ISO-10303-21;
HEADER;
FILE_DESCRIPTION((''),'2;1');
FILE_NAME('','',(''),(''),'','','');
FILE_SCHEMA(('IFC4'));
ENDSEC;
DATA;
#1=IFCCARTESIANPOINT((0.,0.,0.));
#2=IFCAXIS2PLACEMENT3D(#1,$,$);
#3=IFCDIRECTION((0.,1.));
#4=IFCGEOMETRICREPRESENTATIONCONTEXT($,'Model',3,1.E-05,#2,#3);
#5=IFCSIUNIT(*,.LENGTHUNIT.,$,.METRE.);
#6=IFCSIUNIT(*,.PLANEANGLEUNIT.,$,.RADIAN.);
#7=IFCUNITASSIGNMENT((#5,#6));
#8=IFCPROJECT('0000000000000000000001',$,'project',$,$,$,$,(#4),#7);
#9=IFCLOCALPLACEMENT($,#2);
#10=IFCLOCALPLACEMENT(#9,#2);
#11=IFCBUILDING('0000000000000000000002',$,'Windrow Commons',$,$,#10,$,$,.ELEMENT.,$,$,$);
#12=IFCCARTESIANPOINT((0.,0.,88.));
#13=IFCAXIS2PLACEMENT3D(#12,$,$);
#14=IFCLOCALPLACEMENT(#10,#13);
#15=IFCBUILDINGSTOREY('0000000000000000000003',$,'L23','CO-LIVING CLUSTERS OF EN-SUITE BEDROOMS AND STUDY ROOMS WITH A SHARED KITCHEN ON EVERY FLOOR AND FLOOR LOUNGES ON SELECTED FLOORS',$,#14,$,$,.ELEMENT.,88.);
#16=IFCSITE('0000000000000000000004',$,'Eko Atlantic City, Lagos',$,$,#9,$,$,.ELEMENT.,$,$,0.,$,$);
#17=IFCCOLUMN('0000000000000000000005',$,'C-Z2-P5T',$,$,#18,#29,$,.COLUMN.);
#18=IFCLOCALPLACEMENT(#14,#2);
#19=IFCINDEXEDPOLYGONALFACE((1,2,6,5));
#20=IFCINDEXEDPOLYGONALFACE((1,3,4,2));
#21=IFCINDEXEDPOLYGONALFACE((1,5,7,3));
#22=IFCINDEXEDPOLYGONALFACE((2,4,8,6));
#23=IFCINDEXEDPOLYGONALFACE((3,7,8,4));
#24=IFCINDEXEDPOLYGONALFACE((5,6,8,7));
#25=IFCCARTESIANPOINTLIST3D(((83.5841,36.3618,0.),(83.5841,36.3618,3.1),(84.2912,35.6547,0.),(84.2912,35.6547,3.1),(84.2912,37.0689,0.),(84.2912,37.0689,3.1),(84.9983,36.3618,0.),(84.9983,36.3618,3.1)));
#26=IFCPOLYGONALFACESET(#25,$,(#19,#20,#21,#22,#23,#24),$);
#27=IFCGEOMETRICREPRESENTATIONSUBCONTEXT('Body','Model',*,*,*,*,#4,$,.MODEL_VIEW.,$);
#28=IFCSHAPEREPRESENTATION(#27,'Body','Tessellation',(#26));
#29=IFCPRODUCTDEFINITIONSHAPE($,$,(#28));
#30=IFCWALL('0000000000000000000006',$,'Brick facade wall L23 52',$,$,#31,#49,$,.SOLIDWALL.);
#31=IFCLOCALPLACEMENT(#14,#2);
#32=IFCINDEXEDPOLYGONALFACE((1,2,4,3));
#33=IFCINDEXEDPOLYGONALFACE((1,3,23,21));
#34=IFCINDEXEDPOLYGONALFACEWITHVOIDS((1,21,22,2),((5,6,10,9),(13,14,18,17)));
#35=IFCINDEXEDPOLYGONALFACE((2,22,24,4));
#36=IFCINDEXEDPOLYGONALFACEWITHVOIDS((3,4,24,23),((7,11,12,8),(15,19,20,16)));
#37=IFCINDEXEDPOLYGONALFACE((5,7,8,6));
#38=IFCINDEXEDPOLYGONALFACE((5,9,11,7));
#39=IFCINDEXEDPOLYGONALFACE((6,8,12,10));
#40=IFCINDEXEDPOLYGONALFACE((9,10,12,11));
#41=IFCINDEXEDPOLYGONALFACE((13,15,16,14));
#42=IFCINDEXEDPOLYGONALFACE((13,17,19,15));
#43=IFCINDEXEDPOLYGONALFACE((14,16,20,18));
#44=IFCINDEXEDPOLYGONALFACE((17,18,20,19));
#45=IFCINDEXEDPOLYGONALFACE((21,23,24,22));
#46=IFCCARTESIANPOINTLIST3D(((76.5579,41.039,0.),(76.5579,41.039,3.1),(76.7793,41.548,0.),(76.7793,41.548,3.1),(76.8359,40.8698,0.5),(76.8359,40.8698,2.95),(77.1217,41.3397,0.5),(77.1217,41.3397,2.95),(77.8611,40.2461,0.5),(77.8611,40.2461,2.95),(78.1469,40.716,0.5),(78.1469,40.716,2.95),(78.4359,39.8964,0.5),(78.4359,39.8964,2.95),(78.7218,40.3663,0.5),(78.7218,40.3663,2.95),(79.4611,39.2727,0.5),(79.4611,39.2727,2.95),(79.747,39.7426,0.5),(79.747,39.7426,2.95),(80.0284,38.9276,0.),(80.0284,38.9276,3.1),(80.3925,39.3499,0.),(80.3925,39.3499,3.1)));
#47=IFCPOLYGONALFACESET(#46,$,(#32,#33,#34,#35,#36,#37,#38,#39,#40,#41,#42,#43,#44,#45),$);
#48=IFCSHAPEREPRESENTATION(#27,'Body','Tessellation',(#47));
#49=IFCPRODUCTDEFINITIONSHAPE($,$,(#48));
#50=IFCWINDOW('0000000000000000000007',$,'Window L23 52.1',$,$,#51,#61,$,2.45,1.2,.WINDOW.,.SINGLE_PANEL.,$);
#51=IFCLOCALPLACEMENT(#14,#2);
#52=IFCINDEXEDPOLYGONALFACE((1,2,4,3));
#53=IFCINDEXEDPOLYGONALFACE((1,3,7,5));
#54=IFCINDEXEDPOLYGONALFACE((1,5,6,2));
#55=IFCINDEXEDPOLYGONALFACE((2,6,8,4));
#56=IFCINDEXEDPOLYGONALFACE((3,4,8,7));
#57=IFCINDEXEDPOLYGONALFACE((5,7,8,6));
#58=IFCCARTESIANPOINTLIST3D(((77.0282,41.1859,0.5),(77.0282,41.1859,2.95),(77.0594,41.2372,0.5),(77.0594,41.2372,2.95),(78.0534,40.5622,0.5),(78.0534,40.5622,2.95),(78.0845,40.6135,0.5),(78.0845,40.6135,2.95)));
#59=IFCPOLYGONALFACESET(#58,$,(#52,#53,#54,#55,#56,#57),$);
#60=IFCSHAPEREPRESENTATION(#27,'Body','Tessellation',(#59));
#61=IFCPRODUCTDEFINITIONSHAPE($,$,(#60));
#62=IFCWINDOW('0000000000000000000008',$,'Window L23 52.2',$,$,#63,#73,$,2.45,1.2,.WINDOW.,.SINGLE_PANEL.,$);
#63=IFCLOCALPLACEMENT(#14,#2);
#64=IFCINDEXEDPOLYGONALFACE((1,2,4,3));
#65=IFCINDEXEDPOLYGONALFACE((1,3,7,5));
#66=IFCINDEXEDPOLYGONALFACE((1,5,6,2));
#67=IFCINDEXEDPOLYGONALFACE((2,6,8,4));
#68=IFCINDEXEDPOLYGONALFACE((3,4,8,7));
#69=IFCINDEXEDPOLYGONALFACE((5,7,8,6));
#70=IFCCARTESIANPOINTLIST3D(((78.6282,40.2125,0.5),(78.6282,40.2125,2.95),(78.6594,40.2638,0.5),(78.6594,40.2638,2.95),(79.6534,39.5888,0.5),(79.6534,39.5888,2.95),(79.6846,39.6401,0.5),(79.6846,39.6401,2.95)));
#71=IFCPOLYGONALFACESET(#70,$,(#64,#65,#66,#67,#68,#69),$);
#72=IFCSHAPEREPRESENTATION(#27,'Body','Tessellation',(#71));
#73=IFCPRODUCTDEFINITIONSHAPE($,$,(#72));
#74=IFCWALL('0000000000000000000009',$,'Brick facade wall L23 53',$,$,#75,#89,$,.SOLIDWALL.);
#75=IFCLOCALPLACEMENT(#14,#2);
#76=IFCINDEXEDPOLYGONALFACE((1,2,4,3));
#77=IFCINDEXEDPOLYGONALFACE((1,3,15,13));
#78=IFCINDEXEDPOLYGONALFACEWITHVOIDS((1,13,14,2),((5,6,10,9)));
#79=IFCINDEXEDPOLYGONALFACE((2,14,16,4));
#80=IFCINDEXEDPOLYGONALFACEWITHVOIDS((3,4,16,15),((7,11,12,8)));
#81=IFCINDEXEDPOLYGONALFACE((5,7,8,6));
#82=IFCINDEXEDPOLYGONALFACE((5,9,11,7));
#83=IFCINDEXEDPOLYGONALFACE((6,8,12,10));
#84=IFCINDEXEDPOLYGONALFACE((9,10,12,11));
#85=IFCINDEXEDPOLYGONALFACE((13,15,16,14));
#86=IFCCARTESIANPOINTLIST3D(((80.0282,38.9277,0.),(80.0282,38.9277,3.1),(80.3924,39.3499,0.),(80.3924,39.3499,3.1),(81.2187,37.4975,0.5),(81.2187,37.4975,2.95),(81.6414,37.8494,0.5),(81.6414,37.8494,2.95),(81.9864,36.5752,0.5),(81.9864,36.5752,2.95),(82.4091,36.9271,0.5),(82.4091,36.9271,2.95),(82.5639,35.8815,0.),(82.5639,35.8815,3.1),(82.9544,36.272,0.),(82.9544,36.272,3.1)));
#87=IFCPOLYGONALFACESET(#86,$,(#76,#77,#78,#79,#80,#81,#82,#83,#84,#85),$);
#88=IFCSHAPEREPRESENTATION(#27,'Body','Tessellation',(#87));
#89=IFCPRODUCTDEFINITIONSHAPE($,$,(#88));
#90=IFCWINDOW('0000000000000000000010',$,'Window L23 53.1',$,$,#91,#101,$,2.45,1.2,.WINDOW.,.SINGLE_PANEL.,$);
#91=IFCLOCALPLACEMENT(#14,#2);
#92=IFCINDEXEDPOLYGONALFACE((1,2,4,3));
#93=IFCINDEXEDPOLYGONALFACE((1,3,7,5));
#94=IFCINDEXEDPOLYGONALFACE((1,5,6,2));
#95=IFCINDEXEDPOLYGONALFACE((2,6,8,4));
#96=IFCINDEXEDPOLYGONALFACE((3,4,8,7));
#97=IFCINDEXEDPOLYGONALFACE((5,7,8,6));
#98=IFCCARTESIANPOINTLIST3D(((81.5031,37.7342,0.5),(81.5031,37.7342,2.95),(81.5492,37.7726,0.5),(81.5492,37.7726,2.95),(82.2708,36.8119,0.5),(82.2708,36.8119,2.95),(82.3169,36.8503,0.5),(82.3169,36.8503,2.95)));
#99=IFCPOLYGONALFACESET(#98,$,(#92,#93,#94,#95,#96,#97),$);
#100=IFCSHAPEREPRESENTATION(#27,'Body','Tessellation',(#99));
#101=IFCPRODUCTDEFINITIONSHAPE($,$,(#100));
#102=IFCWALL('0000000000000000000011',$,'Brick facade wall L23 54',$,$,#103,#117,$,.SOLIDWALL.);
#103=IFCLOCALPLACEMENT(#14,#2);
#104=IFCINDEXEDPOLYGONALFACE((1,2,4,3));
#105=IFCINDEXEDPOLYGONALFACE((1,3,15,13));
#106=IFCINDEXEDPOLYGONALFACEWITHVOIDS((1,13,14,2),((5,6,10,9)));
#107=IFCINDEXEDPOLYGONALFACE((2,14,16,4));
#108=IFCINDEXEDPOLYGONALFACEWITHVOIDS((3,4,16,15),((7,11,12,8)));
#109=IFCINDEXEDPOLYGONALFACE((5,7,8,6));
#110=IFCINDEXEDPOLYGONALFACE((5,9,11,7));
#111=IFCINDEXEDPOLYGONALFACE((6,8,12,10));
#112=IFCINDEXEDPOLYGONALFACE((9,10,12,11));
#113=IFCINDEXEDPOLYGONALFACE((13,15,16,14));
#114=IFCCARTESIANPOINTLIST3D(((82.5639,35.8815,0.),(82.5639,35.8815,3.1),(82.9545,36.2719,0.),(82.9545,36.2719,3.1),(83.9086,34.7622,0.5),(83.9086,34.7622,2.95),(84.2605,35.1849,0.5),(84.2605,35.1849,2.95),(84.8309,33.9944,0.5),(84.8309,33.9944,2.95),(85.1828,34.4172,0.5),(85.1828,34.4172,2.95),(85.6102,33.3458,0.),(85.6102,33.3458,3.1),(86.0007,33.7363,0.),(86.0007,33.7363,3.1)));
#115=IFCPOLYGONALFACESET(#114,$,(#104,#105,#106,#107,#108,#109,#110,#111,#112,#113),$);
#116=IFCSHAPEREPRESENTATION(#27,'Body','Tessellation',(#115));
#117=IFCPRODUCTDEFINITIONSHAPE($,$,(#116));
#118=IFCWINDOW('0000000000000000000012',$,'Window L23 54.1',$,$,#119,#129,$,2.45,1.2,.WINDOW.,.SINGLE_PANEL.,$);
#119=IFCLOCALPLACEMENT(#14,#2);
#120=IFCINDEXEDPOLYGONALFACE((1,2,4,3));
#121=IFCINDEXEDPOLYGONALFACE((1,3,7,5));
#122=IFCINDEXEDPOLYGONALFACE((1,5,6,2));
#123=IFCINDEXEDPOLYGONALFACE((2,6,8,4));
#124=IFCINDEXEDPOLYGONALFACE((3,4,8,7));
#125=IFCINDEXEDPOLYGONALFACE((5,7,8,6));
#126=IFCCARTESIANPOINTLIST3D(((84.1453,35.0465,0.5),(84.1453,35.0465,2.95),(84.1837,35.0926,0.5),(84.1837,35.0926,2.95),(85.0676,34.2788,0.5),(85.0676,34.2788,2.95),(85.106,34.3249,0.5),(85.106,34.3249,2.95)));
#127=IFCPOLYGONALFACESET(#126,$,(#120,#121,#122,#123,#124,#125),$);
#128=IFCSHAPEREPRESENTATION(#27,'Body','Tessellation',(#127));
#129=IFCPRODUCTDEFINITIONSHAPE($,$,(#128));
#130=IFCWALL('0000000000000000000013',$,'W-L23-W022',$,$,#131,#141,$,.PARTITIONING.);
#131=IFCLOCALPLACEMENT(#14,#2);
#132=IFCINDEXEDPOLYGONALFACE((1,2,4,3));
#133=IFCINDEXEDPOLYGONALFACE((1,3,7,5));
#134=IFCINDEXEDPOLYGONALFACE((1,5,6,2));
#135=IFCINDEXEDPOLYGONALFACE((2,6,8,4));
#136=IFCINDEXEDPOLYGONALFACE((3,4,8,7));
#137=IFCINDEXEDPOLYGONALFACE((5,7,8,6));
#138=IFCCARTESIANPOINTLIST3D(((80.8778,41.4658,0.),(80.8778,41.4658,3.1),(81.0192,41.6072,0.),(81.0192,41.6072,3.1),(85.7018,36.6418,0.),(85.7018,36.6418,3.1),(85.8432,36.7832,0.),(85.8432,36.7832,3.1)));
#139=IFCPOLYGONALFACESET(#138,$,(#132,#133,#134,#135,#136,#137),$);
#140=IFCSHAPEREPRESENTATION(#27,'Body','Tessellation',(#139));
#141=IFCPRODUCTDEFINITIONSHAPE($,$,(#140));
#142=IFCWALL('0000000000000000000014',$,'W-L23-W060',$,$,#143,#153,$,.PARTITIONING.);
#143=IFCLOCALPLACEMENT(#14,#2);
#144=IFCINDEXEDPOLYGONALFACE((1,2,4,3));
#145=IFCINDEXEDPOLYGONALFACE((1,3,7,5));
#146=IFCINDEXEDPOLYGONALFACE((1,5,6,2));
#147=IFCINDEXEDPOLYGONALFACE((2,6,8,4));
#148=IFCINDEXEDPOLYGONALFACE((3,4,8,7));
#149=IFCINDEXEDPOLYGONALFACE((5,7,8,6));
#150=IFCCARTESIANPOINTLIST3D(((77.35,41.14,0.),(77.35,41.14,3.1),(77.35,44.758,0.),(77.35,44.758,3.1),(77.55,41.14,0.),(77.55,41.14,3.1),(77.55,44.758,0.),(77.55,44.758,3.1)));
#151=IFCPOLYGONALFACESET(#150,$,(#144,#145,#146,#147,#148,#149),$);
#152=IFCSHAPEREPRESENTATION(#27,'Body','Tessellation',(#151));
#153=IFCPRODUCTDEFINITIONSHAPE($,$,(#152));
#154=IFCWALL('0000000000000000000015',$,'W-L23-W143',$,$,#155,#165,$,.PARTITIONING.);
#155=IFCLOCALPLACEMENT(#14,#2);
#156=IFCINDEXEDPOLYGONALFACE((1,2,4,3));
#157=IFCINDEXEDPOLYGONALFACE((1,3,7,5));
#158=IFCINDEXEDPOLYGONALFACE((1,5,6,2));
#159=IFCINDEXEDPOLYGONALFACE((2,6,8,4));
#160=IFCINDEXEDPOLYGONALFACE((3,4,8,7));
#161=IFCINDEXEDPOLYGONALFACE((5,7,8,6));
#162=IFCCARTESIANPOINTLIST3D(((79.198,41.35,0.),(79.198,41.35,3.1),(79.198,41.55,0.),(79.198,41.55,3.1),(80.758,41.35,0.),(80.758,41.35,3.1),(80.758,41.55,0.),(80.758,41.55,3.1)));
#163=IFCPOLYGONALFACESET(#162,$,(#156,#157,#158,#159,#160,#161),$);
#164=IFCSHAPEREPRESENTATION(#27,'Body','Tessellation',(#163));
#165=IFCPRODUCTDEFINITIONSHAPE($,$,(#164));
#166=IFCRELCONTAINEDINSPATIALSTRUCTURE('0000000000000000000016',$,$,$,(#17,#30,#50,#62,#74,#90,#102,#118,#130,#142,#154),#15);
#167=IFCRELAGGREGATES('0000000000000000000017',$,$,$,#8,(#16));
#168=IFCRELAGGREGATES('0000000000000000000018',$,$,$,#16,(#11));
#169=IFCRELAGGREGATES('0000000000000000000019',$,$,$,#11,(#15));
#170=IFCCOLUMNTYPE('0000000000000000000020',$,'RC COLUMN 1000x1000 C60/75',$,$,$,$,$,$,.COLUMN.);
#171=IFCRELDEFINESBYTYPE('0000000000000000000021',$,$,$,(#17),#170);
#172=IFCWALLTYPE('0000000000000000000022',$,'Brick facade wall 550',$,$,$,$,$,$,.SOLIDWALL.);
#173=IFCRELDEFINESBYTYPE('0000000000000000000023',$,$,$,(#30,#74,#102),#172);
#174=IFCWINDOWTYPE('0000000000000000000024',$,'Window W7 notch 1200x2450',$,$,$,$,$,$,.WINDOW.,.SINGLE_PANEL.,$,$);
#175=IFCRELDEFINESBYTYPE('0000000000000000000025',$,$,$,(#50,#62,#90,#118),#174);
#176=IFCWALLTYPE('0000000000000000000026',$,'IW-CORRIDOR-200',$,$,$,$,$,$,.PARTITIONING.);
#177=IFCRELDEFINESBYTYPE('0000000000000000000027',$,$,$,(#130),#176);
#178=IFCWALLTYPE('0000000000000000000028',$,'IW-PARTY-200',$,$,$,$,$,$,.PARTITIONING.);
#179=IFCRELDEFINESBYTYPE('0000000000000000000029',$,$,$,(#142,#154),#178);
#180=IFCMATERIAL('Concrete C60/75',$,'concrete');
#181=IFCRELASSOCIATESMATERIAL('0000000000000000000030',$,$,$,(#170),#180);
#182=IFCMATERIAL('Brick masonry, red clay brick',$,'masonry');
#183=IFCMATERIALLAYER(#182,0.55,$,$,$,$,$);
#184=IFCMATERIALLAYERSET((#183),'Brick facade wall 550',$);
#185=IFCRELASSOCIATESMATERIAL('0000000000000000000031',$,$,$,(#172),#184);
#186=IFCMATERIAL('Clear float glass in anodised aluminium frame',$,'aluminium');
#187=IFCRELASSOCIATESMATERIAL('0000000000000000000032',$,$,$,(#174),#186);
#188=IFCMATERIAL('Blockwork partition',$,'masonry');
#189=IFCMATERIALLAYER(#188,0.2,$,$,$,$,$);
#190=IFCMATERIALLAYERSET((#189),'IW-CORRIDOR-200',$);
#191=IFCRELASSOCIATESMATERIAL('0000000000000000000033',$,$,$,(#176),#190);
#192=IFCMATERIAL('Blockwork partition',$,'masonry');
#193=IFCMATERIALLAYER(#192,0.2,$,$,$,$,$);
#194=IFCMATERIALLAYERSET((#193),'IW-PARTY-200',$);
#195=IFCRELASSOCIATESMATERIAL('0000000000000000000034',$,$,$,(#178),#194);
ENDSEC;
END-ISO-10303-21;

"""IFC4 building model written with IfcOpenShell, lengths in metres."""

from ifc_helpers import new_model, si_unit, direction, frame, frame_2d, origin, origin_2d, place, context, subcontext, project, spatial, polyline, rectangle, outline, extrude, material, layer, layer_set, material_profile, profile_set, type_object, element, fill, save


model = new_model("IFC4")

# Units and contexts
model_context = context("Model", 3, precision=1e-05, world=origin(), true_north=direction((0.0, 1.0)))
body_context = subcontext(model_context, "Body", "Model", "MODEL_VIEW")
ifc_project = project(units=[si_unit("LENGTHUNIT", "METRE"), si_unit("PLANEANGLEUNIT", "RADIAN")], contexts=[model_context])

# Site, building, storey
site_placement = place(None, origin())
site = spatial("IfcSite", under=ifc_project, at=site_placement, Name="Eko Atlantic City, Lagos", CompositionType="ELEMENT", RefElevation=0.0)
building_placement = place(site_placement, origin())
building = spatial("IfcBuilding", under=site, at=building_placement, Name="Windrow Commons", CompositionType="ELEMENT")
storey_placement = place(building_placement, frame((0.0, 0.0, 88.0)))
storey = spatial("IfcBuildingStorey", under=building, at=storey_placement, Name="L23", Description="CO-LIVING CLUSTERS OF EN-SUITE BEDROOMS AND STUDY ROOMS WITH A SHARED KITCHEN ON EVERY FLOOR AND FLOOR LOUNGES ON SELECTED FLOORS", CompositionType="ELEMENT", Elevation=88.0)

# Column
ifc_material_1 = material(Name="Concrete C60/75", Category="concrete")
ifc_material_profile = material_profile(ifc_material_1, rectangle(XDim=1.0, YDim=1.0, at=origin_2d()))
ifc_profile_set = profile_set([ifc_material_profile], Name="Concrete C60/75")
column_type = type_object("IfcColumnType", Name="RC COLUMN 1000x1000 C60/75", PredefinedType="COLUMN", material=ifc_profile_set)
column_placement = place(storey_placement, frame((84.2912, 36.3618, 0.0), z_axis=(0.0, 0.0, 1.0), x_axis=(0.707107, -0.707107, 0.0)))
element("IfcColumn", 1, at=column_placement, inside=storey, type_object=column_type, Name="C-Z2-P5T", PredefinedType="COLUMN", context=body_context, shape_type="SweptSolid", body=[
    extrude(rectangle(XDim=1.0, YDim=1.0, at=origin_2d()), origin(), (0.0, 0.0, 1.0), 3.1),
])

# Wall, openings, windows
ifc_material_2 = material(Name="Brick masonry, red clay brick", Category="masonry")
ifc_layer_1 = layer(ifc_material_2, 0.55)
ifc_layer_set_1 = layer_set([ifc_layer_1], Name="Brick facade wall 550")
wall_type_1 = type_object("IfcWallType", Name="Brick facade wall 550", PredefinedType="SOLIDWALL", material=ifc_layer_set_1)
wall_1_placement = place(storey_placement, frame((76.6686, 41.2935, 0.0), z_axis=(0.0, 0.0, 1.0), x_axis=(0.854318, -0.51975, 0.0)))
wall_1 = element("IfcWall", 2, at=wall_1_placement, inside=storey, type_object=wall_type_1, Name="Brick facade wall L23 52", PredefinedType="SOLIDWALL", context=body_context, shape_type="SweptSolid", body=[
    extrude(outline(polyline([(0.0377, -0.275), (4.1, -0.275), (4.1916, 0.275), (-0.0377, 0.275), (0.0377, -0.275)])), origin(), (0.0, 0.0, 1.0), 3.1),
])
opening_1_placement = place(wall_1_placement, frame((0.3631, 0.0, 0.5)))
opening_1 = element("IfcOpeningElement", 3, at=opening_1_placement, cuts=wall_1, PredefinedType="OPENING", context=body_context, shape_type="SweptSolid", body=[
    extrude(rectangle(XDim=1.2, YDim=2.45, at=frame_2d((0.6, 1.225))), frame((0.0, 0.285, 0.0), z_axis=(0.0, -1.0, 0.0), x_axis=(1.0, 0.0, 0.0)), (0.0, 0.0, 1.0), 0.57),
])
opening_2_placement = place(wall_1_placement, frame((2.236, 0.0, 0.5)))
opening_2 = element("IfcOpeningElement", 4, at=opening_2_placement, cuts=wall_1, PredefinedType="OPENING", context=body_context, shape_type="SweptSolid", body=[
    extrude(rectangle(XDim=1.2, YDim=2.45, at=frame_2d((0.6, 1.225))), frame((0.0, 0.285, 0.0), z_axis=(0.0, -1.0, 0.0), x_axis=(1.0, 0.0, 0.0)), (0.0, 0.0, 1.0), 0.57),
])
ifc_material_3 = material(Name="Clear float glass in anodised aluminium frame", Category="aluminium")
window_type = type_object("IfcWindowType", Name="Window W7 notch 1200x2450", PartitioningType="SINGLE_PANEL", PredefinedType="WINDOW", material=ifc_material_3)
window_1_placement = place(opening_1_placement, origin())
window_1 = element("IfcWindow", 5, at=window_1_placement, inside=storey, type_object=window_type, Name="Window L23 52.1", OverallHeight=2.45, OverallWidth=1.2, PartitioningType="SINGLE_PANEL", PredefinedType="WINDOW", context=body_context, shape_type="SweptSolid", body=[
    extrude(rectangle(XDim=1.2, YDim=2.45, at=frame_2d((0.6, 1.225))), frame((0.0, 0.155, 0.0), z_axis=(0.0, -1.0, 0.0), x_axis=(1.0, 0.0, 0.0)), (0.0, 0.0, 1.0), 0.06),
])
fill(opening_1, window_1)
window_2_placement = place(opening_2_placement, origin())
window_2 = element("IfcWindow", 6, at=window_2_placement, inside=storey, type_object=window_type, Name="Window L23 52.2", OverallHeight=2.45, OverallWidth=1.2, PartitioningType="SINGLE_PANEL", PredefinedType="WINDOW", context=body_context, shape_type="SweptSolid", body=[
    extrude(rectangle(XDim=1.2, YDim=2.45, at=frame_2d((0.6, 1.225))), frame((0.0, 0.155, 0.0), z_axis=(0.0, -1.0, 0.0), x_axis=(1.0, 0.0, 0.0)), (0.0, 0.0, 1.0), 0.06),
])
fill(opening_2, window_2)

# Walls, openings, windows
wall_2_placement = place(storey_placement, frame((80.2103, 39.1388, 0.0), z_axis=(0.0, 0.0, 1.0), x_axis=(0.639762, -0.768573, 0.0)))
wall_2 = element("IfcWall", 7, at=wall_2_placement, inside=storey, type_object=wall_type_1, Name="Brick facade wall L23 53", PredefinedType="SOLIDWALL", context=body_context, shape_type="SweptSolid", body=[
    extrude(outline(polyline([(0.0458, -0.275), (4.0092, -0.275), (3.9589, 0.275), (-0.0458, 0.275), (0.0458, -0.275)])), origin(), (0.0, 0.0, 1.0), 3.1),
])
opening_3_placement = place(wall_2_placement, frame((1.9066, 0.0, 0.5)))
opening_3 = element("IfcOpeningElement", 8, at=opening_3_placement, cuts=wall_2, PredefinedType="OPENING", context=body_context, shape_type="SweptSolid", body=[
    extrude(rectangle(XDim=1.2, YDim=2.45, at=frame_2d((0.6, 1.225))), frame((0.0, 0.285, 0.0), z_axis=(0.0, -1.0, 0.0), x_axis=(1.0, 0.0, 0.0)), (0.0, 0.0, 1.0), 0.57),
])
window_3_placement = place(opening_3_placement, origin())
window_3 = element("IfcWindow", 9, at=window_3_placement, inside=storey, type_object=window_type, Name="Window L23 53.1", OverallHeight=2.45, OverallWidth=1.2, PartitioningType="SINGLE_PANEL", PredefinedType="WINDOW", context=body_context, shape_type="SweptSolid", body=[
    extrude(rectangle(XDim=1.2, YDim=2.45, at=frame_2d((0.6, 1.225))), frame((0.0, 0.155, 0.0), z_axis=(0.0, -1.0, 0.0), x_axis=(1.0, 0.0, 0.0)), (0.0, 0.0, 1.0), 0.06),
])
fill(opening_3, window_3)
wall_3_placement = place(storey_placement, frame((82.7592, 36.0767, 0.0), z_axis=(0.0, 0.0, 1.0), x_axis=(0.768581, -0.639752, 0.0)))
wall_3 = element("IfcWall", 10, at=wall_3_placement, inside=storey, type_object=wall_type_1, Name="Brick facade wall L23 54", PredefinedType="SOLIDWALL", context=body_context, shape_type="SweptSolid", body=[
    extrude(outline(polyline([(-0.0252, -0.275), (3.9383, -0.275), (3.9886, 0.275), (0.0252, 0.275), (-0.0252, -0.275)])), origin(), (0.0, 0.0, 1.0), 3.1),
])
opening_4_placement = place(wall_3_placement, frame((1.7244, 0.0, 0.5)))
opening_4 = element("IfcOpeningElement", 11, at=opening_4_placement, cuts=wall_3, PredefinedType="OPENING", context=body_context, shape_type="SweptSolid", body=[
    extrude(rectangle(XDim=1.2, YDim=2.45, at=frame_2d((0.6, 1.225))), frame((0.0, 0.285, 0.0), z_axis=(0.0, -1.0, 0.0), x_axis=(1.0, 0.0, 0.0)), (0.0, 0.0, 1.0), 0.57),
])
window_4_placement = place(opening_4_placement, origin())
window_4 = element("IfcWindow", 12, at=window_4_placement, inside=storey, type_object=window_type, Name="Window L23 54.1", OverallHeight=2.45, OverallWidth=1.2, PartitioningType="SINGLE_PANEL", PredefinedType="WINDOW", context=body_context, shape_type="SweptSolid", body=[
    extrude(rectangle(XDim=1.2, YDim=2.45, at=frame_2d((0.6, 1.225))), frame((0.0, 0.155, 0.0), z_axis=(0.0, -1.0, 0.0), x_axis=(1.0, 0.0, 0.0)), (0.0, 0.0, 1.0), 0.06),
])
fill(opening_4, window_4)

# Walls
ifc_material_4 = material(Name="Blockwork partition", Category="masonry")
ifc_layer_2 = layer(ifc_material_4, 0.2)
ifc_layer_set_2 = layer_set([ifc_layer_2], Name="IW-CORRIDOR-200")
wall_type_2 = type_object("IfcWallType", Name="IW-CORRIDOR-200", PredefinedType="PARTITIONING", material=ifc_layer_set_2)
wall_4_placement = place(storey_placement, frame((80.9485, 41.5365, 0.0), z_axis=(0.0, 0.0, 1.0), x_axis=(0.707107, -0.707107, 0.0)))
element("IfcWall", 13, at=wall_4_placement, inside=storey, type_object=wall_type_2, Name="W-L23-W022", PredefinedType="PARTITIONING", context=body_context, shape_type="SweptSolid", body=[
    extrude(rectangle(XDim=6.8222, YDim=0.2, at=frame_2d((3.4111, 0.0))), origin(), (0.0, 0.0, 1.0), 3.1),
])
ifc_material_5 = material(Name="Blockwork partition", Category="masonry")
ifc_layer_3 = layer(ifc_material_5, 0.2)
ifc_layer_set_3 = layer_set([ifc_layer_3], Name="IW-PARTY-200")
wall_type_3 = type_object("IfcWallType", Name="IW-PARTY-200", PredefinedType="PARTITIONING", material=ifc_layer_set_3)
wall_5_placement = place(storey_placement, frame((77.45, 41.14, 0.0), z_axis=(0.0, 0.0, 1.0), x_axis=(0.0, 1.0, 0.0)))
element("IfcWall", 14, at=wall_5_placement, inside=storey, type_object=wall_type_3, Name="W-L23-W060", PredefinedType="PARTITIONING", context=body_context, shape_type="SweptSolid", body=[
    extrude(rectangle(XDim=3.618, YDim=0.2, at=frame_2d((1.809, 0.0))), origin(), (0.0, 0.0, 1.0), 3.1),
])
wall_6_placement = place(storey_placement, frame((79.198, 41.45, 0.0), z_axis=(0.0, 0.0, 1.0), x_axis=(1.0, 0.0, 0.0)))
element("IfcWall", 15, at=wall_6_placement, inside=storey, type_object=wall_type_3, Name="W-L23-W143", PredefinedType="PARTITIONING", context=body_context, shape_type="SweptSolid", body=[
    extrude(rectangle(XDim=1.56, YDim=0.2, at=frame_2d((0.78, 0.0))), origin(), (0.0, 0.0, 1.0), 3.1),
])

save(model, "model.ifc")
